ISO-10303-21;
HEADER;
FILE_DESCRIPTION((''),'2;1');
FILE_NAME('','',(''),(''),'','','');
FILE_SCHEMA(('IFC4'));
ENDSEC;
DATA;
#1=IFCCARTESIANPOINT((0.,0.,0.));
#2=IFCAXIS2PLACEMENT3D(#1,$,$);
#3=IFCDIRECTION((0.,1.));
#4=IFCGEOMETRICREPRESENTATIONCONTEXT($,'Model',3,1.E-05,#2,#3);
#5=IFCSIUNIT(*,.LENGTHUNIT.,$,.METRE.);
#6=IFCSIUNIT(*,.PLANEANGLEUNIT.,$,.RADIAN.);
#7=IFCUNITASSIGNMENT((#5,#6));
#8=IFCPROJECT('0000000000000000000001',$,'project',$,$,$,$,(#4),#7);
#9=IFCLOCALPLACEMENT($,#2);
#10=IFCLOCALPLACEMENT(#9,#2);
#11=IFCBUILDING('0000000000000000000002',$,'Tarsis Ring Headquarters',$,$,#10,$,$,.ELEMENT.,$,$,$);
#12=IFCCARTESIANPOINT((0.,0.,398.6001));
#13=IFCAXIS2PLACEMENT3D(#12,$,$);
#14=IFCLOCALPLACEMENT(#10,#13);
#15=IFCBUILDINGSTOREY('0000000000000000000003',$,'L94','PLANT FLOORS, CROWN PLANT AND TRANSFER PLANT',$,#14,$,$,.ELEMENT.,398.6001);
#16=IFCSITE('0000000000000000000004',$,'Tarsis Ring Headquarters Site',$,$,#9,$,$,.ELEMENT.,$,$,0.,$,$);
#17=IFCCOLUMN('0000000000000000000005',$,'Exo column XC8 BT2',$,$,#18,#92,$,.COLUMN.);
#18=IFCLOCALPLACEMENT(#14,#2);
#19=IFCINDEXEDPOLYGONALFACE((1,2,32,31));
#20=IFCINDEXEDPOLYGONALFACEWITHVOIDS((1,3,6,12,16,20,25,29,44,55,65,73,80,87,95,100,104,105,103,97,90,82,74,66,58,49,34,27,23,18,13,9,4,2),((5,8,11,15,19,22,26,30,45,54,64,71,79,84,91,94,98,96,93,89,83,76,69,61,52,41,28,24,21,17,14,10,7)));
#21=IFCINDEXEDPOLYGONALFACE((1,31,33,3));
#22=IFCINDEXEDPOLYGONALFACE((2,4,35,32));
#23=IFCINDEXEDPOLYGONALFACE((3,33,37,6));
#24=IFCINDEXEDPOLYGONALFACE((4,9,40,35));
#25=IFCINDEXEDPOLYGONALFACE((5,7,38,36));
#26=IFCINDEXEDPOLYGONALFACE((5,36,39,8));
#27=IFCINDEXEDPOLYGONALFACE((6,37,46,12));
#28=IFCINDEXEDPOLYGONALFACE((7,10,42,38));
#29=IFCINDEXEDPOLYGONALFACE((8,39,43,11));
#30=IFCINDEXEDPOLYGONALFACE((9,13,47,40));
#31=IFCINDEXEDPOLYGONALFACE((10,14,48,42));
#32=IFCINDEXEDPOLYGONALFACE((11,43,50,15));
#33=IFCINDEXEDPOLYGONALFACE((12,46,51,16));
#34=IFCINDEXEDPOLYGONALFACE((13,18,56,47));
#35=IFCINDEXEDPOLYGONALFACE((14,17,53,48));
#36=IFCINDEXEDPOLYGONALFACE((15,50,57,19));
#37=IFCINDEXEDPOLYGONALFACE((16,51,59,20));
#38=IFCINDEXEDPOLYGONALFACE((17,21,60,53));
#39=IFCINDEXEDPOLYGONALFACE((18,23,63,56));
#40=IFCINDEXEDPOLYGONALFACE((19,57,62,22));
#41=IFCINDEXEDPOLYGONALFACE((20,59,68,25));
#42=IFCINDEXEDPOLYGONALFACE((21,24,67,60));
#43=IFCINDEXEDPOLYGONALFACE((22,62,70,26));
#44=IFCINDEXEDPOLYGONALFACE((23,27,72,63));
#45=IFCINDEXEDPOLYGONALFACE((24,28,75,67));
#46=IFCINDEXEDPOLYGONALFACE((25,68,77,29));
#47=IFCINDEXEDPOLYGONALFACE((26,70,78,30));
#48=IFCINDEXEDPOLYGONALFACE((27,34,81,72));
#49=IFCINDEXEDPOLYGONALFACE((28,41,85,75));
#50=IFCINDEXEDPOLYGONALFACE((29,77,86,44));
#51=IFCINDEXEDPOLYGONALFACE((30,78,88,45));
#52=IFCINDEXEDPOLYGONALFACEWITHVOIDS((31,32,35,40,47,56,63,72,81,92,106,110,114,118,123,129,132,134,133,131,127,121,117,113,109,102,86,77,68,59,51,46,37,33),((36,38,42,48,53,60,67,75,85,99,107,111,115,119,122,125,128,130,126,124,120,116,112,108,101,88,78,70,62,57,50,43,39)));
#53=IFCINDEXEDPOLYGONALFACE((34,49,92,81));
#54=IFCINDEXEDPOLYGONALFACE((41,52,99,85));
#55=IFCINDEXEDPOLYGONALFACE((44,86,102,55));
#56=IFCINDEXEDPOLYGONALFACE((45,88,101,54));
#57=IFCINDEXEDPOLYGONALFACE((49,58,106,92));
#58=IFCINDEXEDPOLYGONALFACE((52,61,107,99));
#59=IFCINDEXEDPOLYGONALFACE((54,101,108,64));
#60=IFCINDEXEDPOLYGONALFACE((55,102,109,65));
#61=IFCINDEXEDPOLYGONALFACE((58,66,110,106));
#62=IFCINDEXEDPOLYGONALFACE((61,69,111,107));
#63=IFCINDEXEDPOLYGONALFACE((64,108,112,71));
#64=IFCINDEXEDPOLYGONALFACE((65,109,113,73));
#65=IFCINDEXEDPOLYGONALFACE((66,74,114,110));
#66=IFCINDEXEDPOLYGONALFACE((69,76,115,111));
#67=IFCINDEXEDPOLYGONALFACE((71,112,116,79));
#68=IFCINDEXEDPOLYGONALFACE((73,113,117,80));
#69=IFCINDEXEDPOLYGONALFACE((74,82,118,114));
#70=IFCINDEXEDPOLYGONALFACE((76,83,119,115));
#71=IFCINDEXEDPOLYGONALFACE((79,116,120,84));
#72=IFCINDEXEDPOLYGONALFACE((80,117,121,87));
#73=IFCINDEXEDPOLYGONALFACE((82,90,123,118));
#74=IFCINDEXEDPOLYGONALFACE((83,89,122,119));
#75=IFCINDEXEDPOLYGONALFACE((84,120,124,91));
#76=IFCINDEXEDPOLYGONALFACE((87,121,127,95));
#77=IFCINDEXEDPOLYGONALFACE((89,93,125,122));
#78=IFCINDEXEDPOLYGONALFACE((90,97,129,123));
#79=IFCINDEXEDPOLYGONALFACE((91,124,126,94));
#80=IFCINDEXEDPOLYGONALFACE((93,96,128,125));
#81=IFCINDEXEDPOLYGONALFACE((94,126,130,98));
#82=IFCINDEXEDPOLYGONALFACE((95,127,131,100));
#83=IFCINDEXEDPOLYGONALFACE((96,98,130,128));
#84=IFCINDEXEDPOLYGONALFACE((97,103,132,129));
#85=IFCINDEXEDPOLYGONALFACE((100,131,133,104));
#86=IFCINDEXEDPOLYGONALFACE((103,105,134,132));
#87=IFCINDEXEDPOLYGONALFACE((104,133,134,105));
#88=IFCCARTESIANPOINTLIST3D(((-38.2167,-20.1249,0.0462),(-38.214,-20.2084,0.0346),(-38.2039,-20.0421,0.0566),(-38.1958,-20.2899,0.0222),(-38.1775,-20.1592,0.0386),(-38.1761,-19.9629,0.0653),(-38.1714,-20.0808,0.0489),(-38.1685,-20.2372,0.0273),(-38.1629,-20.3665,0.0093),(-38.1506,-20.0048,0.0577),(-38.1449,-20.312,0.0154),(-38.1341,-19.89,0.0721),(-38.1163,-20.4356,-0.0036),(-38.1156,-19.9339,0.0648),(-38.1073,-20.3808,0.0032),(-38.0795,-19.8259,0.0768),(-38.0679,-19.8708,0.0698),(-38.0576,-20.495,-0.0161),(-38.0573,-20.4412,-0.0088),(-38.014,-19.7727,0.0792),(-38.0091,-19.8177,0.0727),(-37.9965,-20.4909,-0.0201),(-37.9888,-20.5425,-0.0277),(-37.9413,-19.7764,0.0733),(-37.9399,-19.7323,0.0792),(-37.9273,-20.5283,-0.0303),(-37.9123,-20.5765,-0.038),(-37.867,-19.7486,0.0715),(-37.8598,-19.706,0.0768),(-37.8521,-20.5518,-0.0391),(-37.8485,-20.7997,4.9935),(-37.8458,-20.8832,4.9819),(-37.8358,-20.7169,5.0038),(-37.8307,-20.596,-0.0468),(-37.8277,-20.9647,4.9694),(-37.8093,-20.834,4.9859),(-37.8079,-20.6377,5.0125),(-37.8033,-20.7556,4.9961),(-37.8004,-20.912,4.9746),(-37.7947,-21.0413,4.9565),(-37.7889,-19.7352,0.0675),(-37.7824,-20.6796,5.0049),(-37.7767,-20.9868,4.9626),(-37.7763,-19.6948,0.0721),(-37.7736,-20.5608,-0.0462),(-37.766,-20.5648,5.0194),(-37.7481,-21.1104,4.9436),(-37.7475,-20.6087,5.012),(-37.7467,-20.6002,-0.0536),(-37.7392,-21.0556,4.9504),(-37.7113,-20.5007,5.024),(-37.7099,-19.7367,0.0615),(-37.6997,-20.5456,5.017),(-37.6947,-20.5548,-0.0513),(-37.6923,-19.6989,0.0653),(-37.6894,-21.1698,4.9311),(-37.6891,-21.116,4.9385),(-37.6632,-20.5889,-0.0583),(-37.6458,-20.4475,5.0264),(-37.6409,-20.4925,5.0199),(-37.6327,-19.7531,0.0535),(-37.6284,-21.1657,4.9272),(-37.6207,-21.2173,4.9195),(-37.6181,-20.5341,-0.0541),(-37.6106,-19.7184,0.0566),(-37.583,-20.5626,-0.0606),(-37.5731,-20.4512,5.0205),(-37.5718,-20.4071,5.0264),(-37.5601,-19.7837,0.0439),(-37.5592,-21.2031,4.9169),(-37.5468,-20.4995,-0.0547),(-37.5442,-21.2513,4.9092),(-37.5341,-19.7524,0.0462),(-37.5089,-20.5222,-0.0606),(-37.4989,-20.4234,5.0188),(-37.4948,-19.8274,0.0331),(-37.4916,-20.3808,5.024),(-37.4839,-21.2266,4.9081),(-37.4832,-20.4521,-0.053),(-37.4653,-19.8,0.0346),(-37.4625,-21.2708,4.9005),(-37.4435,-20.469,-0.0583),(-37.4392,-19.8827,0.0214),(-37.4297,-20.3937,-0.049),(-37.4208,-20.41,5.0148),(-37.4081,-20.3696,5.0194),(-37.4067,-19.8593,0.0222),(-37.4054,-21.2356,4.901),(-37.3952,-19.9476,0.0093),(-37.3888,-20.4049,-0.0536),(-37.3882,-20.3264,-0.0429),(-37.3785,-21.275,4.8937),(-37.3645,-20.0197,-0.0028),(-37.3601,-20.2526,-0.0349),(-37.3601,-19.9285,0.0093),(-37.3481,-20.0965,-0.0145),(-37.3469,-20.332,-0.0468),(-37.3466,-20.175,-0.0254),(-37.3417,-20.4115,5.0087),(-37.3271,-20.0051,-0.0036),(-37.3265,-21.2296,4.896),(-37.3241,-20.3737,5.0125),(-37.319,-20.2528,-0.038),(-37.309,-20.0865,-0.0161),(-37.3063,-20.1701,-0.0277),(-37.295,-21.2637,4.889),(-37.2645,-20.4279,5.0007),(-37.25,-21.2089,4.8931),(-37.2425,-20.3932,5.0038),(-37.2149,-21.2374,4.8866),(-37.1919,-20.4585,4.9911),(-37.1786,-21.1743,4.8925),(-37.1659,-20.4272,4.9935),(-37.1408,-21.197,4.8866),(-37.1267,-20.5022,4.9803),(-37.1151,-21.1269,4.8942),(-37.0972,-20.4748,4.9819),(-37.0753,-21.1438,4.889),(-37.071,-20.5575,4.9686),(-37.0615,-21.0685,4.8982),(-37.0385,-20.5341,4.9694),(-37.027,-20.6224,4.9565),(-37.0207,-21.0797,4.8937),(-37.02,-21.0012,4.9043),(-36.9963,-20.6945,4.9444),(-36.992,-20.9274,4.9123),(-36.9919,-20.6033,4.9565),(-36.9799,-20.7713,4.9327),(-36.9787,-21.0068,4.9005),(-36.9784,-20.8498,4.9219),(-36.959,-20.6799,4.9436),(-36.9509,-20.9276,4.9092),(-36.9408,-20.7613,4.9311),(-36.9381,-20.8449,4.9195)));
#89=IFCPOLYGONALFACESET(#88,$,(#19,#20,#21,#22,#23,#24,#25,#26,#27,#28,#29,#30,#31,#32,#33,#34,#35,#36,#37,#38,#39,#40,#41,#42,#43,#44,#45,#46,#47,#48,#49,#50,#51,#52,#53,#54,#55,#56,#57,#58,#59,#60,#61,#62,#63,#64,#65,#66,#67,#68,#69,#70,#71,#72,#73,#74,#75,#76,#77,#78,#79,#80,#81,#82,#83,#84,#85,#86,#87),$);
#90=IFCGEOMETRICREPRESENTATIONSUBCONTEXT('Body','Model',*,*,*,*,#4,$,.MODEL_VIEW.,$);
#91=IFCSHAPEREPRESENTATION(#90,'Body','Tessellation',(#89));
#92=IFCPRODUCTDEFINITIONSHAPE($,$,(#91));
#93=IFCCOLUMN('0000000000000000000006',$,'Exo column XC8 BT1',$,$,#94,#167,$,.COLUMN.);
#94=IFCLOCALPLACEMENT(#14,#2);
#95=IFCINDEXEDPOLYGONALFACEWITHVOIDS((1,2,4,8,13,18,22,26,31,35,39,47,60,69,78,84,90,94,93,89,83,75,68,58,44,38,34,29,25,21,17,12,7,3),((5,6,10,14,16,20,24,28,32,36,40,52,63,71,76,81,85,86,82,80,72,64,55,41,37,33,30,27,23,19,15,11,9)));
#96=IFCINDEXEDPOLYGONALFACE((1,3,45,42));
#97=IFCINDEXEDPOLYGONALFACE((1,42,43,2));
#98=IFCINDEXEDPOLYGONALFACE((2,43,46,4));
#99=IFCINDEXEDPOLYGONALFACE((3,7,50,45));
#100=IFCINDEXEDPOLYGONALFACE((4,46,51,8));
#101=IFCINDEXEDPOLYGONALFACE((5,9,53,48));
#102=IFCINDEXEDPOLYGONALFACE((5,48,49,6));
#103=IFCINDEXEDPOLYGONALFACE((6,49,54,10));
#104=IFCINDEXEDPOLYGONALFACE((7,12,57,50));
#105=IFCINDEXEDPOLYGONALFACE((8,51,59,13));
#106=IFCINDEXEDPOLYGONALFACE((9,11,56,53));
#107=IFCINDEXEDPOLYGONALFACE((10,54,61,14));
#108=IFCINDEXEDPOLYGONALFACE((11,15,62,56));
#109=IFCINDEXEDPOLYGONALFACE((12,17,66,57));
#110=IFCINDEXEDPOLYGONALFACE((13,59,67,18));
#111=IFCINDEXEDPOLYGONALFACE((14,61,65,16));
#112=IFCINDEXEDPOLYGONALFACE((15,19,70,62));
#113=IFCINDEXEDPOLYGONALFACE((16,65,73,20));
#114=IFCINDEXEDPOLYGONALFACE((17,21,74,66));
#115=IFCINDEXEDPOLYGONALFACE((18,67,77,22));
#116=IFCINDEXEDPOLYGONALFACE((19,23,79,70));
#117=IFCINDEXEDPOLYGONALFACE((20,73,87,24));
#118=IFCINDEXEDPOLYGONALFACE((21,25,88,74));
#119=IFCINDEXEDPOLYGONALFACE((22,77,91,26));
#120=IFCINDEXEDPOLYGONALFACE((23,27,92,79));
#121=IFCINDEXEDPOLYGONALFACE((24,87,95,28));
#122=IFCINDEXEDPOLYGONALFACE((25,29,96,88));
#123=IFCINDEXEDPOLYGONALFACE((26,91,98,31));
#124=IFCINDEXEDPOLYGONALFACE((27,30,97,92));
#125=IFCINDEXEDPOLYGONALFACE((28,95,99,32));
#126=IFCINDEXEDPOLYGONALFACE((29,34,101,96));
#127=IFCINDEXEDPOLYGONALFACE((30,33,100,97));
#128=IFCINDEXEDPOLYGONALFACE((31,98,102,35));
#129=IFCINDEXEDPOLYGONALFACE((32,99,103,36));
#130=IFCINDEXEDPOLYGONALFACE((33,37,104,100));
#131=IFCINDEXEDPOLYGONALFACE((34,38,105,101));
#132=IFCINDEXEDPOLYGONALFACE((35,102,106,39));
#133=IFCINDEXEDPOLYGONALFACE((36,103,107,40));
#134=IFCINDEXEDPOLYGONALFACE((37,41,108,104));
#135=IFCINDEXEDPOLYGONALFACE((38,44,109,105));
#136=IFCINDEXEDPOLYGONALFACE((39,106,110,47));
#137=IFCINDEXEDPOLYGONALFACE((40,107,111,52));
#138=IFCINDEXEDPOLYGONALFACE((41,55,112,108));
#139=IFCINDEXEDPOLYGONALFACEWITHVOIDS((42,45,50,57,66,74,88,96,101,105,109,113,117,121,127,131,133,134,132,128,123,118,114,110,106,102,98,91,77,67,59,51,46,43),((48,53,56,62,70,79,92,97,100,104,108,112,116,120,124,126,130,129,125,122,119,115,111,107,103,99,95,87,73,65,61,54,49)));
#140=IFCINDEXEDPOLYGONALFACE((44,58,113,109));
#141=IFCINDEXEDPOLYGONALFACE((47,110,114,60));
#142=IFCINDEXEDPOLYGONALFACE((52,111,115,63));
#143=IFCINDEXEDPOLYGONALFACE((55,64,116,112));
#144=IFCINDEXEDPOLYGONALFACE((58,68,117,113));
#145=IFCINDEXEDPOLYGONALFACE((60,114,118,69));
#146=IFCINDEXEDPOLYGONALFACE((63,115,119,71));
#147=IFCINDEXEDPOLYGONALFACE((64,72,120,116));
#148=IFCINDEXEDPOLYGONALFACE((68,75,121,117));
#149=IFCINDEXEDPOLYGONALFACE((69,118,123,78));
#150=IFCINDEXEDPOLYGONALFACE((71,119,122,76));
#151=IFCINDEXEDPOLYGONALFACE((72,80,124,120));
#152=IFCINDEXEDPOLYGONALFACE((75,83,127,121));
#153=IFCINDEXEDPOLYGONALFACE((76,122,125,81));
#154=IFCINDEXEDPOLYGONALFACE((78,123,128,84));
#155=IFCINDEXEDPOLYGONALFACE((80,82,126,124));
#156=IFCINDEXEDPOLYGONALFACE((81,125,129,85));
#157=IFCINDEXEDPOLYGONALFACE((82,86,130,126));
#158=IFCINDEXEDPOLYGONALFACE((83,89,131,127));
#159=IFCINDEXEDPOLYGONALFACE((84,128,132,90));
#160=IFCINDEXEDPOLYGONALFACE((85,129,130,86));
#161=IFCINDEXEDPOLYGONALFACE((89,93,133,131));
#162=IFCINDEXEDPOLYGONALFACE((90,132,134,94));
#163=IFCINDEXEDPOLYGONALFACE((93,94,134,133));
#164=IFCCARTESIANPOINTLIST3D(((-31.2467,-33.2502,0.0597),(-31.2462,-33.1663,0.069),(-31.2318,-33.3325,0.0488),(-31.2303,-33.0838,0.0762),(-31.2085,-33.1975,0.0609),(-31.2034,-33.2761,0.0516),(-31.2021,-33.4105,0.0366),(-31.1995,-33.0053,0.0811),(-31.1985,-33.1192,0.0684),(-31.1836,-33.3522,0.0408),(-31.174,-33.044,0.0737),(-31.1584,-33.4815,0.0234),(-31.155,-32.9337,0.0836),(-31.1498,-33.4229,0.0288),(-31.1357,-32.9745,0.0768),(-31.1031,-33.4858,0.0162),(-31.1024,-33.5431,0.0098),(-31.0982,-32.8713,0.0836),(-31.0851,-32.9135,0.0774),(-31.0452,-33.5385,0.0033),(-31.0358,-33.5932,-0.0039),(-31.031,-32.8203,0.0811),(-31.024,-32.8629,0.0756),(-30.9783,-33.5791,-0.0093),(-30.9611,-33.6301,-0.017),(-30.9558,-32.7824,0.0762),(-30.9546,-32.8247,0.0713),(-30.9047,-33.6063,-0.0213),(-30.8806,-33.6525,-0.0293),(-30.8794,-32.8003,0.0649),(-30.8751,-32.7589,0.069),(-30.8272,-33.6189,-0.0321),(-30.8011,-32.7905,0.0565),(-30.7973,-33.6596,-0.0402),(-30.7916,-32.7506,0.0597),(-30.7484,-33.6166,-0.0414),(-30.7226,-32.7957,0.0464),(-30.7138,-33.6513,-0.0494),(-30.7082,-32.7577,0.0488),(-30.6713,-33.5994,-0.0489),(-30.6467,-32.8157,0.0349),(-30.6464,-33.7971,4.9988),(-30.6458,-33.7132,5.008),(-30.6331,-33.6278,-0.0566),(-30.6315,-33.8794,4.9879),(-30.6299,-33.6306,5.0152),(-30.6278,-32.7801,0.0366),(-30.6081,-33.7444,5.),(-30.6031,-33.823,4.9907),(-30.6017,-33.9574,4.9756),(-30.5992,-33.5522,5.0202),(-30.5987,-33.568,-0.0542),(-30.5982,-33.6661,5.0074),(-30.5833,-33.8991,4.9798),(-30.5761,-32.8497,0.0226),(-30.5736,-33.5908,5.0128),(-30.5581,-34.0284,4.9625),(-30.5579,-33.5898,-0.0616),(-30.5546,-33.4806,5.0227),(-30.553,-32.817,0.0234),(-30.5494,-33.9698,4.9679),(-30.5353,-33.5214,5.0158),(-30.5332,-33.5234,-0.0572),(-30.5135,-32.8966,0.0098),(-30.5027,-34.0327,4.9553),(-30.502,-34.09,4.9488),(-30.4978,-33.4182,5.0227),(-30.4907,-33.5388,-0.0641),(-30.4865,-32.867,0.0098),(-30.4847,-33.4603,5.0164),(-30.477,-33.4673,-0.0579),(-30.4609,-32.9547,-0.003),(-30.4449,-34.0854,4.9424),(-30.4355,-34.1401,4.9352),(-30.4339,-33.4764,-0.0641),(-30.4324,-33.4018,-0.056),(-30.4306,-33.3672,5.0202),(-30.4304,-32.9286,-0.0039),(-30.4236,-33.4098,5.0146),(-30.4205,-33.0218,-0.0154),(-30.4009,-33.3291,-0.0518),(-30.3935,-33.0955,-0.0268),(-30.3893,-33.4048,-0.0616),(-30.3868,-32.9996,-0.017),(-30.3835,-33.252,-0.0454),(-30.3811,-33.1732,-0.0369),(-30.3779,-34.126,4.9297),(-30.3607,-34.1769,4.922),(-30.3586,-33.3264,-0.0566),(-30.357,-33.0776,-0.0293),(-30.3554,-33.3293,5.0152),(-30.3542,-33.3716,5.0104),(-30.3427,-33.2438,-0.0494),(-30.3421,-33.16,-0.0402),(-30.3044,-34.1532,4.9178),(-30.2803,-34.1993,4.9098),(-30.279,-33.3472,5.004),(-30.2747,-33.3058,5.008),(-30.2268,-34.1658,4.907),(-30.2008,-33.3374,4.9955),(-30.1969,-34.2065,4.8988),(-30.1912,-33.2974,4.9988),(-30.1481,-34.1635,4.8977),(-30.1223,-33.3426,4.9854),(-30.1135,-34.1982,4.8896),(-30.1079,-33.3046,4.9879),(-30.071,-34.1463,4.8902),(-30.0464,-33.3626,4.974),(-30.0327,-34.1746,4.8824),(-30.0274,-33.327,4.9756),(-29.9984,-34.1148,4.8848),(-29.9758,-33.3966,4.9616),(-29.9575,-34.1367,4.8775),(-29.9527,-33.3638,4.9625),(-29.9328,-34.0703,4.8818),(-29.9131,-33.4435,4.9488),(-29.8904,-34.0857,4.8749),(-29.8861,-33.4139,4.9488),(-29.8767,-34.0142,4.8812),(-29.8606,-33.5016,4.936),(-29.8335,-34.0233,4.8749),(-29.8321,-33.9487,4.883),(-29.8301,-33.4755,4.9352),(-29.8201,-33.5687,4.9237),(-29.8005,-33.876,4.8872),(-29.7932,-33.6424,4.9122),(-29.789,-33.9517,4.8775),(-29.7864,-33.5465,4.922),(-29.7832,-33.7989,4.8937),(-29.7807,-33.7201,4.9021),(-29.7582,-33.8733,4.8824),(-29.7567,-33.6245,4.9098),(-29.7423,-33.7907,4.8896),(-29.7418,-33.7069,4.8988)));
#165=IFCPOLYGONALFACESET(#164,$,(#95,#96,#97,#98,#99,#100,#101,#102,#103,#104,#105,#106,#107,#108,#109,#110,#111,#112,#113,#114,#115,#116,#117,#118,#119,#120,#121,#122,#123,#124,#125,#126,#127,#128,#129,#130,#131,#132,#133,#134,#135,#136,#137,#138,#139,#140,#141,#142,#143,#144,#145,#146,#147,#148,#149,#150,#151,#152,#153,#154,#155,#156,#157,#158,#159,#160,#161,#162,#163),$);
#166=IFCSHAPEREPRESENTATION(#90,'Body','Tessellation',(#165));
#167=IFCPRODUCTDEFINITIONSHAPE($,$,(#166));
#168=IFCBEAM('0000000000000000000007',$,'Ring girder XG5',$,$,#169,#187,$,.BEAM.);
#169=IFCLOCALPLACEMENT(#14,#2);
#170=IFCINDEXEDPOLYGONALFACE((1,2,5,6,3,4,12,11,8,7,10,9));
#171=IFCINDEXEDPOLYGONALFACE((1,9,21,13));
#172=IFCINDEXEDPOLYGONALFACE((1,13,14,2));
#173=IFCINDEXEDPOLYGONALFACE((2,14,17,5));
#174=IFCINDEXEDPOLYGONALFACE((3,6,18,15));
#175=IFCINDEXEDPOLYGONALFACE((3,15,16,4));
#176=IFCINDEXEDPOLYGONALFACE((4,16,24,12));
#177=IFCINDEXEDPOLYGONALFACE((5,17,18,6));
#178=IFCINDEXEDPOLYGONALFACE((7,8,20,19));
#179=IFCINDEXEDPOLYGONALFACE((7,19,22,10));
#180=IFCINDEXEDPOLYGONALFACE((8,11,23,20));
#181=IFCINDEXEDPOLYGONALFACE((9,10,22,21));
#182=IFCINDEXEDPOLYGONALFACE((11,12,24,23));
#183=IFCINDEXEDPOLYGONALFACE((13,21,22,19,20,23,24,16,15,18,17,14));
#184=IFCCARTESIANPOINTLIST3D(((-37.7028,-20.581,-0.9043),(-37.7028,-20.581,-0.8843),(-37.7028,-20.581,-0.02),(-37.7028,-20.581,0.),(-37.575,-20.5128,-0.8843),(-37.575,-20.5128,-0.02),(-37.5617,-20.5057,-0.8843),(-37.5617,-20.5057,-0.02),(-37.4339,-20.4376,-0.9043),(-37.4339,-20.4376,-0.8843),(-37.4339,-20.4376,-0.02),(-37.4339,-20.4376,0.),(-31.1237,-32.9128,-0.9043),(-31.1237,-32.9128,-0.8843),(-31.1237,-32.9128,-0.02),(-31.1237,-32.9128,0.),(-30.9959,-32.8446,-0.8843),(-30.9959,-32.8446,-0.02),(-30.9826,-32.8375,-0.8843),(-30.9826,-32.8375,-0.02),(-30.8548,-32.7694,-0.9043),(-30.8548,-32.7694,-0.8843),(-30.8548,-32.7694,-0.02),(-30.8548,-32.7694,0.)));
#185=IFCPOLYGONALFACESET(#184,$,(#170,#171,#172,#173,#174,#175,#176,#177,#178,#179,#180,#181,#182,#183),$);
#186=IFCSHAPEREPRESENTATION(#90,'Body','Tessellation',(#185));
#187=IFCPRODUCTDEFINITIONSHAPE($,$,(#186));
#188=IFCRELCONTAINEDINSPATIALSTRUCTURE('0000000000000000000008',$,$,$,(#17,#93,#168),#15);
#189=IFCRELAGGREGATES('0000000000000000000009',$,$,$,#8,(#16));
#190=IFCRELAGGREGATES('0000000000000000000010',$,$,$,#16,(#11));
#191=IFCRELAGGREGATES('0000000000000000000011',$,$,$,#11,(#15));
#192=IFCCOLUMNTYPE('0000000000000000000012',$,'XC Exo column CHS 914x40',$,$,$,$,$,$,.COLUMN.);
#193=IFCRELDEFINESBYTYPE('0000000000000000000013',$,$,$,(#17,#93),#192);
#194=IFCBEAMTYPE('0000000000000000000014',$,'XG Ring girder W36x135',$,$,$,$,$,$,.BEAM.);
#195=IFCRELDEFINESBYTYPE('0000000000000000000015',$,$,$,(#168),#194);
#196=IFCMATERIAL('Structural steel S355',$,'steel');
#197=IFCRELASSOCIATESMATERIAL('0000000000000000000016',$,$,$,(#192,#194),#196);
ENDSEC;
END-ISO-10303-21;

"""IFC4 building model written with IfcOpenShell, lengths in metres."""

from ifc_helpers import new_model, si_unit, direction, frame, origin, origin_2d, place, context, subcontext, project, spatial, hollow_circle, i_section, extrude, material, material_profile, profile_set, type_object, element, save


model = new_model("IFC4")

# Units and contexts
model_context = context("Model", 3, precision=1e-05, world=origin(), true_north=direction((0.0, 1.0)))
body_context = subcontext(model_context, "Body", "Model", "MODEL_VIEW")
ifc_project = project(units=[si_unit("LENGTHUNIT", "METRE"), si_unit("PLANEANGLEUNIT", "RADIAN")], contexts=[model_context])

# Site, building, storey
site_placement = place(None, origin())
site = spatial("IfcSite", under=ifc_project, at=site_placement, Name="Tarsis Ring Headquarters Site", CompositionType="ELEMENT", RefElevation=0.0)
building_placement = place(site_placement, origin())
building = spatial("IfcBuilding", under=site, at=building_placement, Name="Tarsis Ring Headquarters", CompositionType="ELEMENT")
storey_placement = place(building_placement, frame((0.0, 0.0, 398.6001)))
storey = spatial("IfcBuildingStorey", under=building, at=storey_placement, Name="L94", Description="PLANT FLOORS, CROWN PLANT AND TRANSFER PLANT", CompositionType="ELEMENT", Elevation=398.6001)

# Columns
ifc_material_1 = material(Name="Structural steel S355", Category="steel")
ifc_material_profile_1 = material_profile(ifc_material_1, hollow_circle(Radius=0.457, WallThickness=0.04, at=origin_2d()), Name="CHS 914x40")
ifc_profile_set_1 = profile_set([ifc_material_profile_1], Name="Structural steel S355")
column_type = type_object("IfcColumnType", Name="XC Exo column CHS 914x40", PredefinedType="COLUMN", material=ifc_profile_set_1)
column_1_placement = place(storey_placement, frame((-37.7615, -20.1475, 0.0093), z_axis=(0.073535, -0.134782, 0.988143), x_axis=(0.877847, 0.478941, 0.0)))
element("IfcColumn", 1, at=column_1_placement, inside=storey, type_object=column_type, Name="Exo column XC8 BT2", PredefinedType="COLUMN", context=body_context, shape_type="SweptSolid", body=[
    extrude(hollow_circle(Radius=0.4573, WallThickness=0.04, at=origin_2d()), origin(), (0.0, 0.0, 1.0), 5.0066),
])
column_2_placement = place(storey_placement, frame((-30.7944, -33.2051, 0.0098), z_axis=(0.119942, -0.10926, 0.98675), x_axis=(0.673421, 0.73926, 0.0)))
element("IfcColumn", 2, at=column_2_placement, inside=storey, type_object=column_type, Name="Exo column XC8 BT1", PredefinedType="COLUMN", context=body_context, shape_type="SweptSolid", body=[
    extrude(hollow_circle(Radius=0.4573, WallThickness=0.04, at=origin_2d()), origin(), (0.0, 0.0, 1.0), 5.0054),
])

# Beam
ifc_material_profile_2 = material_profile(ifc_material_1, i_section(OverallWidth=0.3047, OverallDepth=0.9043, WebThickness=0.0151, FlangeThickness=0.02, at=origin_2d()), Name="W36x135")
ifc_profile_set_2 = profile_set([ifc_material_profile_2], Name="Structural steel S355")
beam_type = type_object("IfcBeamType", Name="XG Ring girder W36x135", PredefinedType="BEAM", material=ifc_profile_set_2)
beam_1_placement = place(storey_placement, frame((-37.5684, -20.5093, -0.4521), z_axis=(0.470708, -0.882289, 0.0), x_axis=(0.882289, 0.470708, 0.0)))
element("IfcBeam", 3, at=beam_1_placement, inside=storey, type_object=beam_type, Name="Ring girder XG5", PredefinedType="BEAM", context=body_context, shape_type="SweptSolid", body=[
    extrude(i_section(OverallWidth=0.3047, OverallDepth=0.9043, WebThickness=0.0151, FlangeThickness=0.02, at=origin_2d()), origin(), (0.0, 0.0, 1.0), 13.9771),
])

save(model, "model.ifc")
